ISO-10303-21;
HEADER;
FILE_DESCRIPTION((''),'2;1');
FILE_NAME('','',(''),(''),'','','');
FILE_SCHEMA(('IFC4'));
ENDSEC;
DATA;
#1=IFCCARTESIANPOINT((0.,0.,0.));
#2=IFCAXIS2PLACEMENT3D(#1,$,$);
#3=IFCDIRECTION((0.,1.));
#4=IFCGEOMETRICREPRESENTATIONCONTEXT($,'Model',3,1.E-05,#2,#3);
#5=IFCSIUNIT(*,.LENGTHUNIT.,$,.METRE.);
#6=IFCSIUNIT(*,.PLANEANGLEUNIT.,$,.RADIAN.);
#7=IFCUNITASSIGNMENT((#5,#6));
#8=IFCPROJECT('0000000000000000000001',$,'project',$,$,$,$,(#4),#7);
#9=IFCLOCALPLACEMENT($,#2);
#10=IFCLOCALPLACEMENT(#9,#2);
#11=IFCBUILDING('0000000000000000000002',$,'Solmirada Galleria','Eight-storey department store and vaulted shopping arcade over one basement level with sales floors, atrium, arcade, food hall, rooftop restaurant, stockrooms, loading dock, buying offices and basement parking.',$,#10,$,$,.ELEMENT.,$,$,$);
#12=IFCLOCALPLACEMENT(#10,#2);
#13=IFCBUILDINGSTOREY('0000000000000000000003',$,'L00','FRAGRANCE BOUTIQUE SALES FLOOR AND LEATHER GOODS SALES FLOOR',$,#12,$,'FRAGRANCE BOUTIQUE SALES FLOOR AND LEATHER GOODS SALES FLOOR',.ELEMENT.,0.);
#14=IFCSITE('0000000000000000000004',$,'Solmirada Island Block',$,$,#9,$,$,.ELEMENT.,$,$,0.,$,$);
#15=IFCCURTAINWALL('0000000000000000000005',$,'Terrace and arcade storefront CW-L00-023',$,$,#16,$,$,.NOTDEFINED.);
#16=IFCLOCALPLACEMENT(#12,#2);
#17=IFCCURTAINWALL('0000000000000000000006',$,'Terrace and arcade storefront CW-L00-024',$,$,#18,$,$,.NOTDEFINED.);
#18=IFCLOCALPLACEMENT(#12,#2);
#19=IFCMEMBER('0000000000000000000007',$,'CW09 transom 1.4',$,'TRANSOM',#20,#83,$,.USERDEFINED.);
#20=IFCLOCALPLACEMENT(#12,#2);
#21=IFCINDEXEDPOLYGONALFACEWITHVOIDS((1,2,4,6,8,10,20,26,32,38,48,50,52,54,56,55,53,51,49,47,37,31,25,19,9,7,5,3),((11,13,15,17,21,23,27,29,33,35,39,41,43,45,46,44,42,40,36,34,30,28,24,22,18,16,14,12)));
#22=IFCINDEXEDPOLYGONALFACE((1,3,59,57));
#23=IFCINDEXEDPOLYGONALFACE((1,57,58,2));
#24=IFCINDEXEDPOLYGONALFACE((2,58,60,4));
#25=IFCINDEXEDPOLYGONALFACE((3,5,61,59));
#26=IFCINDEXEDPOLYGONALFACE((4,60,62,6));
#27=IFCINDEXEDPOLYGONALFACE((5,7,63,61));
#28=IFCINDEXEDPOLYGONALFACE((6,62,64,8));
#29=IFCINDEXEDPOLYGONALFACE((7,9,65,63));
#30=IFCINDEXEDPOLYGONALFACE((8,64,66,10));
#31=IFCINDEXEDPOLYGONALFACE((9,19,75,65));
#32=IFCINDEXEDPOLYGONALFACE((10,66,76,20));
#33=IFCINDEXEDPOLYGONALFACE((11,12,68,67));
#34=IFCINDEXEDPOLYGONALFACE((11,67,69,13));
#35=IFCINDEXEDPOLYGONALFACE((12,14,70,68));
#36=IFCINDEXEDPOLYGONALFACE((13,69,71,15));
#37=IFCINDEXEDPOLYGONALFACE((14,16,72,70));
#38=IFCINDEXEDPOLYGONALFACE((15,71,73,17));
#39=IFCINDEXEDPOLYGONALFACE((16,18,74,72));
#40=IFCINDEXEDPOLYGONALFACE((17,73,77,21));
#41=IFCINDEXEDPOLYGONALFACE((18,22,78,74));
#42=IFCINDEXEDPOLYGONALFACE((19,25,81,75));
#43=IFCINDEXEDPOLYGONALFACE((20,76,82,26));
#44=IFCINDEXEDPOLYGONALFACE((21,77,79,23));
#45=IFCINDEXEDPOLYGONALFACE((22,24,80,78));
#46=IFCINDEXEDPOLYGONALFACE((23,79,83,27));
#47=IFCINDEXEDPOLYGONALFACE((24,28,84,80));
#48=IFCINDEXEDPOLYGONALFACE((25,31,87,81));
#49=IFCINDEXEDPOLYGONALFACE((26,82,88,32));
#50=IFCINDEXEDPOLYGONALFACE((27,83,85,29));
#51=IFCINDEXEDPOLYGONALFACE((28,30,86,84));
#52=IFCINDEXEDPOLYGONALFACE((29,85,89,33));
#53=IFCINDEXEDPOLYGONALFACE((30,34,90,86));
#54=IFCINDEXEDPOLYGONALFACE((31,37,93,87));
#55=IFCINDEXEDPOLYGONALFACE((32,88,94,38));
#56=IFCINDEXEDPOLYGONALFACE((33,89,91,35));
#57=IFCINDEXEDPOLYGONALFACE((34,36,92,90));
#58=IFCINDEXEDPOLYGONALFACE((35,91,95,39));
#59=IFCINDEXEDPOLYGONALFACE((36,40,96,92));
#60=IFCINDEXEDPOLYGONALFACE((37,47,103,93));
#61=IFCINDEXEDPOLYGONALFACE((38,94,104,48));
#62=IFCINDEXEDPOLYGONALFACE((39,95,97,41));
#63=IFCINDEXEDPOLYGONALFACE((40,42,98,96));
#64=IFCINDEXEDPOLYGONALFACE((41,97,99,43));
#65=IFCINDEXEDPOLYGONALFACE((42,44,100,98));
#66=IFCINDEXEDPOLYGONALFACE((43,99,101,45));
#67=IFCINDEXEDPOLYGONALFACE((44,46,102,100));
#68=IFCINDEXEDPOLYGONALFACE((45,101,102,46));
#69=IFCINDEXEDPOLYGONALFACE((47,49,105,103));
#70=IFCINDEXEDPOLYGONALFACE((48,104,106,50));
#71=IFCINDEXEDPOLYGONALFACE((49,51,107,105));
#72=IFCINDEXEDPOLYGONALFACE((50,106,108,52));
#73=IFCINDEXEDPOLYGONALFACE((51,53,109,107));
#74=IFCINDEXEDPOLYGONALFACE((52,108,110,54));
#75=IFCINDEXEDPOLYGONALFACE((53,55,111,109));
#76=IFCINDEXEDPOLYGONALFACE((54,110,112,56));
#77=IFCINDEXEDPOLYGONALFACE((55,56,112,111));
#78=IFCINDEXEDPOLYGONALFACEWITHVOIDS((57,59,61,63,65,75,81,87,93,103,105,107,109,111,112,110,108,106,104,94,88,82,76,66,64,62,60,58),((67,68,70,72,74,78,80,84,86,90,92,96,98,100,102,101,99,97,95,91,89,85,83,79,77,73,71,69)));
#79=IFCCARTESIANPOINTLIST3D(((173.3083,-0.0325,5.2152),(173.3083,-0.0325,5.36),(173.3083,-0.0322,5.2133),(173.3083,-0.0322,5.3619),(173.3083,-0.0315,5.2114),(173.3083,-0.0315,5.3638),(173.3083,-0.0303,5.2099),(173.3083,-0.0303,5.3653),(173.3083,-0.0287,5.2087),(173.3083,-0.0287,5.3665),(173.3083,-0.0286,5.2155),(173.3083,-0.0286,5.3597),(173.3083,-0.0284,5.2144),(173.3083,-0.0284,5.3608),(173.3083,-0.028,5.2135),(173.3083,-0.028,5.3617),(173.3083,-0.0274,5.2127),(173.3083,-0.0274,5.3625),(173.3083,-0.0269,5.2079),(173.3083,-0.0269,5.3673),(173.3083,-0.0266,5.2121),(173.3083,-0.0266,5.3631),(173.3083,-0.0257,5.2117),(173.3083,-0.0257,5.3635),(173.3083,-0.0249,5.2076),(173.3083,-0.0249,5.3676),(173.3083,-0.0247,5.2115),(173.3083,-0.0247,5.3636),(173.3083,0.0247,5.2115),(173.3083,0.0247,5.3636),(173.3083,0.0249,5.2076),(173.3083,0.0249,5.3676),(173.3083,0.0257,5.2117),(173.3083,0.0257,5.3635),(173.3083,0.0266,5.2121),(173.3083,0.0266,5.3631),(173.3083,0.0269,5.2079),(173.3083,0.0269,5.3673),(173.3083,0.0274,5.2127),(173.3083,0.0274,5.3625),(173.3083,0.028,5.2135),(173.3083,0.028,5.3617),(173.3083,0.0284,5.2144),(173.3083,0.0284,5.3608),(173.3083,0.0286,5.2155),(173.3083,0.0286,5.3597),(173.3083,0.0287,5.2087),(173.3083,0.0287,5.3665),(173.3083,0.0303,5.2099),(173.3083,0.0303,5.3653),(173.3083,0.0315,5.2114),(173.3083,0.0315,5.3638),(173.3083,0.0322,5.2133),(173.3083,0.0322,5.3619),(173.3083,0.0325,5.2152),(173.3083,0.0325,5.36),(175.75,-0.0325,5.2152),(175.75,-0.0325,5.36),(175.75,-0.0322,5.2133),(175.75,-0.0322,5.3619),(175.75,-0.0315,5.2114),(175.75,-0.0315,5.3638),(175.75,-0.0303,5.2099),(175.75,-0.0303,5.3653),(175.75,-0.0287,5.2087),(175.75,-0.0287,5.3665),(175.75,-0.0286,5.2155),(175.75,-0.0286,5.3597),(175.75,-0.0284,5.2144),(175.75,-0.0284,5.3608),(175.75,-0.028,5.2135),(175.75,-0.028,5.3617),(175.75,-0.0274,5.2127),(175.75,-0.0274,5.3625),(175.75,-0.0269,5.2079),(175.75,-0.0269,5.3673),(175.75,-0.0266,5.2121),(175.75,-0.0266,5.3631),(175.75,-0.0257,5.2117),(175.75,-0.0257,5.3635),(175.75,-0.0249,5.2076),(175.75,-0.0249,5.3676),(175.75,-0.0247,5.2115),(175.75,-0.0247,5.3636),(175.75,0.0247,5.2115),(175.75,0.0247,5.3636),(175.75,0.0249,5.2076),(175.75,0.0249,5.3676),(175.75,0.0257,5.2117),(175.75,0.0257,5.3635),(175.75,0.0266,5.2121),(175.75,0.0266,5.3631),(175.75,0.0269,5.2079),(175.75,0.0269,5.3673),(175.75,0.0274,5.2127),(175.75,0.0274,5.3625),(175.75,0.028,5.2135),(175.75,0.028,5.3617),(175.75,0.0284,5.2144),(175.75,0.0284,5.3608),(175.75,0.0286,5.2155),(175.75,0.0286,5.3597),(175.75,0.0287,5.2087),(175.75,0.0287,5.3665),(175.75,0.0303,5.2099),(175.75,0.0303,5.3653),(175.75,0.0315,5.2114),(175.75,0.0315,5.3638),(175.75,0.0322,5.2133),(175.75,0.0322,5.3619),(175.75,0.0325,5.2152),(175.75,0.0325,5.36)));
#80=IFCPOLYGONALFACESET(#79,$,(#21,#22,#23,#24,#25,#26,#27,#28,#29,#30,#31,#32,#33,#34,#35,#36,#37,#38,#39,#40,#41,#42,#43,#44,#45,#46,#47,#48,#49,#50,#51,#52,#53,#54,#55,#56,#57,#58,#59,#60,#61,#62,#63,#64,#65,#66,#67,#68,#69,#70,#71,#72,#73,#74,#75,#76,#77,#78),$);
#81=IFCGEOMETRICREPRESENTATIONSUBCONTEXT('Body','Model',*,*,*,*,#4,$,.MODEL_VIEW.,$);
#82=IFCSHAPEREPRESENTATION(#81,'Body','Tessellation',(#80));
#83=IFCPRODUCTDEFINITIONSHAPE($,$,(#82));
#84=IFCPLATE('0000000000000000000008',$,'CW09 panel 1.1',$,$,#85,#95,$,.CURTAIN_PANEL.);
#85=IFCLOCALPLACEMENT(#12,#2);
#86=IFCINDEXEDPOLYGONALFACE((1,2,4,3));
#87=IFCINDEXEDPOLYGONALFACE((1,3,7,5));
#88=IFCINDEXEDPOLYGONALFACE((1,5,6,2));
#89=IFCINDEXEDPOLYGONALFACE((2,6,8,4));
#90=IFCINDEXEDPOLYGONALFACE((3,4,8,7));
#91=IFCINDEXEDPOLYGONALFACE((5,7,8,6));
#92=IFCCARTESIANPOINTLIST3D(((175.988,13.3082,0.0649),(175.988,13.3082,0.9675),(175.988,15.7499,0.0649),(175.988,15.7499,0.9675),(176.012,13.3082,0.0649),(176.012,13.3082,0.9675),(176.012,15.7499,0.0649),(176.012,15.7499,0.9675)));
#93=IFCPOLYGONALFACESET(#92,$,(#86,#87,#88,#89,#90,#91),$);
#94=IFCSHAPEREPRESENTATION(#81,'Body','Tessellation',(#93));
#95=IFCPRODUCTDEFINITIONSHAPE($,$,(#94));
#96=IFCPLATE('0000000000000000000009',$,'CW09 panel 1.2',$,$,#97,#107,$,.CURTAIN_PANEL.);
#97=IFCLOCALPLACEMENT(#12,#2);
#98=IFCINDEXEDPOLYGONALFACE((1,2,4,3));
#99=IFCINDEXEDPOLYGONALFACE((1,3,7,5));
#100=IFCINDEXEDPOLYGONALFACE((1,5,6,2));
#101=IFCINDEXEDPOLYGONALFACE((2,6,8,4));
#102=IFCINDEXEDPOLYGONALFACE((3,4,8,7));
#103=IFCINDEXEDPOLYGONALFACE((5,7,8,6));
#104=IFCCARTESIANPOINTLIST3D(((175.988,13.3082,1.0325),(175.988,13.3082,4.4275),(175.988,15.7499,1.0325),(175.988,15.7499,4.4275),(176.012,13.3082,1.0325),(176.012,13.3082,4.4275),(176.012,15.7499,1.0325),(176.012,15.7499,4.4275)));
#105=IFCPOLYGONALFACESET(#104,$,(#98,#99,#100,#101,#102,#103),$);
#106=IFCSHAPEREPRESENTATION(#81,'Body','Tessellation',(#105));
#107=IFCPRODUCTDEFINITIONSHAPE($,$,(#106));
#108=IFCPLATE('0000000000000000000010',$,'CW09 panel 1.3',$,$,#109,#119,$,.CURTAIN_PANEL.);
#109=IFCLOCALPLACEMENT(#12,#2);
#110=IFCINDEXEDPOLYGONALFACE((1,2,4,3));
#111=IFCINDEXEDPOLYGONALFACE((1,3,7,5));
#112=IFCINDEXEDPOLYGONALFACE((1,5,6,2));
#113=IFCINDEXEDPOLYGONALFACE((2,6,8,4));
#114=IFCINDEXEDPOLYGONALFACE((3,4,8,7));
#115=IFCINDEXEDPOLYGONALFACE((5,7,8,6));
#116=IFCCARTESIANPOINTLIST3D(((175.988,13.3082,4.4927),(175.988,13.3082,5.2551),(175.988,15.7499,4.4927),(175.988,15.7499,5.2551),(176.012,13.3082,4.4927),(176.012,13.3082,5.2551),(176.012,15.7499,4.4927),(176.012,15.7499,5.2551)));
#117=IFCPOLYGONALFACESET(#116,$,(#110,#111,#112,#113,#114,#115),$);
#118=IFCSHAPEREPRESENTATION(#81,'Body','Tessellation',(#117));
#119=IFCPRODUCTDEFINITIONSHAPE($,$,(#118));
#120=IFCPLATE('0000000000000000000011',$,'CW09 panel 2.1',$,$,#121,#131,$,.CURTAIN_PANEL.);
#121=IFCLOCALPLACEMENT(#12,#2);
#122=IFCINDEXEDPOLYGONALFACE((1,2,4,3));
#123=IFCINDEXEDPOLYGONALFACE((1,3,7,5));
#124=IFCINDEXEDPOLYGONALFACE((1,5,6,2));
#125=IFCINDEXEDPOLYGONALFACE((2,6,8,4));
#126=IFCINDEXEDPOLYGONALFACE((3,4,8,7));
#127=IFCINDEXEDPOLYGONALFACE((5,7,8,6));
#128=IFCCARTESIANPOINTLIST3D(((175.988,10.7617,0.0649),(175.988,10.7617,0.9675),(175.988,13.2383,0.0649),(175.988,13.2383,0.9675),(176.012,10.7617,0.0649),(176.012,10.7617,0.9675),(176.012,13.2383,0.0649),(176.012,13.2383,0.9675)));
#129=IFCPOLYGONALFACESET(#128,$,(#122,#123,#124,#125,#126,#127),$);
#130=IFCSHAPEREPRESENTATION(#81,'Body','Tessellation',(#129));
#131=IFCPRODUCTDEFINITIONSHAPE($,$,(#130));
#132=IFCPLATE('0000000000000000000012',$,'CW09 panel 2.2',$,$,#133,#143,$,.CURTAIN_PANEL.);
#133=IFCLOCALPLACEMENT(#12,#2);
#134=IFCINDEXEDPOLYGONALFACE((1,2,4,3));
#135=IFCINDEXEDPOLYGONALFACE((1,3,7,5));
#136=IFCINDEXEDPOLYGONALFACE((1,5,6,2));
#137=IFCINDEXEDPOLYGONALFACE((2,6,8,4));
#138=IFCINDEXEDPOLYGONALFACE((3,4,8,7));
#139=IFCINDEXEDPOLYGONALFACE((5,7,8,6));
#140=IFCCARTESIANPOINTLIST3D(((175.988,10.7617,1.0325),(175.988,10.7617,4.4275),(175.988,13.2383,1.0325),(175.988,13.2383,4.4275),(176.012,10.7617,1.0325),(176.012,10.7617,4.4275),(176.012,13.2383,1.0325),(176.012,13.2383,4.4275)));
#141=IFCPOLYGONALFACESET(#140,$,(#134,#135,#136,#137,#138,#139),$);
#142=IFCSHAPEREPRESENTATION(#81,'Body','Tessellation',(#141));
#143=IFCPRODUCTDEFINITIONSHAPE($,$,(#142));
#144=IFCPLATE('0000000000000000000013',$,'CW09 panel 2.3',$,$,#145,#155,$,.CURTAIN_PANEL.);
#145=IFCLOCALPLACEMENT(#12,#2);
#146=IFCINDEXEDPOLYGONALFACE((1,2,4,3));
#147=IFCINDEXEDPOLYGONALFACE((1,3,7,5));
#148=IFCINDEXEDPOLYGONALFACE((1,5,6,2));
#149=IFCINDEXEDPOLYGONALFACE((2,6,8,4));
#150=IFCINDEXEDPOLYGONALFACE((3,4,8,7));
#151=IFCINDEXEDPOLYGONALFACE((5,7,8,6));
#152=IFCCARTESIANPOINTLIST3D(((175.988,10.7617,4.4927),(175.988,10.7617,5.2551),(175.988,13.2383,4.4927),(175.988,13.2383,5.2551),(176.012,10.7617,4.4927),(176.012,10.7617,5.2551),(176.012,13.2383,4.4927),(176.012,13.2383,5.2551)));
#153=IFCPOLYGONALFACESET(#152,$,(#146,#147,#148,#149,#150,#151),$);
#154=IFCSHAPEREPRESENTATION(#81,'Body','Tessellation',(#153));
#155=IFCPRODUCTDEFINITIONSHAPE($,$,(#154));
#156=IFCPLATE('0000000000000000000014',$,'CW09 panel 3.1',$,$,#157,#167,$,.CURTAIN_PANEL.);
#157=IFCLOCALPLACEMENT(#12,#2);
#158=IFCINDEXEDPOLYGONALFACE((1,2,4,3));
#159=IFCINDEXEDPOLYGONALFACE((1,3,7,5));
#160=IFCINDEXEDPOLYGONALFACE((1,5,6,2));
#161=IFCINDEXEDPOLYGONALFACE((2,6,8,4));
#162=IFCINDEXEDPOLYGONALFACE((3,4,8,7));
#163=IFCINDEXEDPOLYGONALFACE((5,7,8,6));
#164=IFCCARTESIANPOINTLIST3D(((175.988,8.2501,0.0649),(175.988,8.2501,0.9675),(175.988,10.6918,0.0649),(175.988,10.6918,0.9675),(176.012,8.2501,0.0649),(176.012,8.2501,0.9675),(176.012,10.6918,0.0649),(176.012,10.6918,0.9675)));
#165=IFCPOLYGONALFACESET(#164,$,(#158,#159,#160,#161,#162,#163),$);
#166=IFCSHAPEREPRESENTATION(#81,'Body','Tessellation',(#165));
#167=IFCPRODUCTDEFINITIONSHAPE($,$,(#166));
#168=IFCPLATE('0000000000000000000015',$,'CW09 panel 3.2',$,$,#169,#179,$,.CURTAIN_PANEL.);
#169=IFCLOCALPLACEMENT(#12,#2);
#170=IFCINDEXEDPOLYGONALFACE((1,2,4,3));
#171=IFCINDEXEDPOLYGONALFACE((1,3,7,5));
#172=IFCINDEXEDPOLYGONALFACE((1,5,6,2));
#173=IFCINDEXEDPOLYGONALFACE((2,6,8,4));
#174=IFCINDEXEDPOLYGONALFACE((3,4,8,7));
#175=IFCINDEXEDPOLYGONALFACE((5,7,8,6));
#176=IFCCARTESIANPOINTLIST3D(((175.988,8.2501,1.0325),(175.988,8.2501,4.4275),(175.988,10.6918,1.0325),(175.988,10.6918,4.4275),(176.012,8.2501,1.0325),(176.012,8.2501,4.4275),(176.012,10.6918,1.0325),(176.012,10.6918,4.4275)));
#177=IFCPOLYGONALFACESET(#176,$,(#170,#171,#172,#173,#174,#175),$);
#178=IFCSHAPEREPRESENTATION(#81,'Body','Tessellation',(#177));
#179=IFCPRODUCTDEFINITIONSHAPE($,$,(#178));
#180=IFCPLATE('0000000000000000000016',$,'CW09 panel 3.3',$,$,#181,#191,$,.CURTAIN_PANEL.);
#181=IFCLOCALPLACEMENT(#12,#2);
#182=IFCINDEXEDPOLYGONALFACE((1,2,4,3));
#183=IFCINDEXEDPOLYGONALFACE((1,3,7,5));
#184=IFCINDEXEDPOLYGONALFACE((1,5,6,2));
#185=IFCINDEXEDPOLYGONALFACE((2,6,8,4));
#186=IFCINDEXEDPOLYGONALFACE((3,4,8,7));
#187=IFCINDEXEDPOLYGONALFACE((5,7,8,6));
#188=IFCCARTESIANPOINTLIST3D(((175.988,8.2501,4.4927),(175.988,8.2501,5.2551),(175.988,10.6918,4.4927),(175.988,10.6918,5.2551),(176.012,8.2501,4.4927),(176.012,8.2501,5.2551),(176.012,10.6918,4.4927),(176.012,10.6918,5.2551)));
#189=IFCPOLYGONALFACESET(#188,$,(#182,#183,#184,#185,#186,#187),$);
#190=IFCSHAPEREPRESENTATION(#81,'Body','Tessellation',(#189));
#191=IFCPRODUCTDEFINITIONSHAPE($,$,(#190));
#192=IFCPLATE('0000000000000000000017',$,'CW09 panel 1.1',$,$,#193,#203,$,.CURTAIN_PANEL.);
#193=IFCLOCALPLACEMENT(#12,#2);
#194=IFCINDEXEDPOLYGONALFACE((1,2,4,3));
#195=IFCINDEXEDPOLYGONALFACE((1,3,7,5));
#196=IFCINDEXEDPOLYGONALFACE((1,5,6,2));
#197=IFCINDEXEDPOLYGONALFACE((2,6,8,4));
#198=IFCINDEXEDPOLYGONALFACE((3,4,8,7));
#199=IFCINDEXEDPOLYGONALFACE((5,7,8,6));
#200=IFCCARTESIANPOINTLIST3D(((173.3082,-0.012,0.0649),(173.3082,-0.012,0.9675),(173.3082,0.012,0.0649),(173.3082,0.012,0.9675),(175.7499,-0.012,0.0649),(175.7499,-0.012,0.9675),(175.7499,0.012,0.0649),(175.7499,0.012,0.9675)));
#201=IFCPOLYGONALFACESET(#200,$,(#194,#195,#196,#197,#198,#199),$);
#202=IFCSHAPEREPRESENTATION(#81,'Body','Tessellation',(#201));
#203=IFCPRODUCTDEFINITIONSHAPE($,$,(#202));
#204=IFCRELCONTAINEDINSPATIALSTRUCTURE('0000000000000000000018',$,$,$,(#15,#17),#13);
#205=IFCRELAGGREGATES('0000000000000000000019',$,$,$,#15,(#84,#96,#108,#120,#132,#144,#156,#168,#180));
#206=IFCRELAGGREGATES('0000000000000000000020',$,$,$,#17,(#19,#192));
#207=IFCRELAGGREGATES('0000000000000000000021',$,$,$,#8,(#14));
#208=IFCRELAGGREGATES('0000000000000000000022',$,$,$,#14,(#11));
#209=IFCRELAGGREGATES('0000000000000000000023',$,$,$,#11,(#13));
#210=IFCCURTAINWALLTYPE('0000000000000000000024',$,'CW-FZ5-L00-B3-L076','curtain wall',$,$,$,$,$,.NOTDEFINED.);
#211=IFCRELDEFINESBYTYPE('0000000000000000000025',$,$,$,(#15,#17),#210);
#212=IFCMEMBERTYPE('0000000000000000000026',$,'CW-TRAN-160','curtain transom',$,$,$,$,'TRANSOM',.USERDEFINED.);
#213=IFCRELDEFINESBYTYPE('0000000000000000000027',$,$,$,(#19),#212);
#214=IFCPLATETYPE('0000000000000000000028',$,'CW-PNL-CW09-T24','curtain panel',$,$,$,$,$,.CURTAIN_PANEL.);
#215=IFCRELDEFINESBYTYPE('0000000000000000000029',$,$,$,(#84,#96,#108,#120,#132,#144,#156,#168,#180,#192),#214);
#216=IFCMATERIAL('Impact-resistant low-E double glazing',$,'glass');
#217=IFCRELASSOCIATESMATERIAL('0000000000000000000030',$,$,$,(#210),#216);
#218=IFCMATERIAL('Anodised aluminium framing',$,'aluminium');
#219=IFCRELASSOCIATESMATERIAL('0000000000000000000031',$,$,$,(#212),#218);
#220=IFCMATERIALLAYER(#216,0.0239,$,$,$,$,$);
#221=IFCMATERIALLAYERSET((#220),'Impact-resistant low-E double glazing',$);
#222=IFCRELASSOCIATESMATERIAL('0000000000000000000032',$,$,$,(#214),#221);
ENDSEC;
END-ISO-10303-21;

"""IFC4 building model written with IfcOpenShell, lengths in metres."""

from ifc_helpers import new_model, si_unit, direction, frame, origin, origin_2d, place, context, subcontext, project, spatial, rectangle, hollow_rectangle, extrude, material, layer, layer_set, material_profile, profile_set, type_object, element, aggregate, save


model = new_model("IFC4")

# Units and contexts
model_context = context("Model", 3, precision=1e-05, world=origin(), true_north=direction((0.0, 1.0)))
body_context = subcontext(model_context, "Body", "Model", "MODEL_VIEW")
ifc_project = project(units=[si_unit("LENGTHUNIT", "METRE"), si_unit("PLANEANGLEUNIT", "RADIAN")], contexts=[model_context])

# Site, building, storey
site_placement = place(None, origin())
site = spatial("IfcSite", under=ifc_project, at=site_placement, Name="Solmirada Island Block", CompositionType="ELEMENT", RefElevation=0.0)
building_placement = place(site_placement, origin())
building = spatial("IfcBuilding", under=site, at=building_placement, Name="Solmirada Galleria", Description="Eight-storey department store and vaulted shopping arcade over one basement level with sales floors, atrium, arcade, food hall, rooftop restaurant, stockrooms, loading dock, buying offices and basement parking.", CompositionType="ELEMENT")
storey_placement = place(building_placement, origin())
storey = spatial("IfcBuildingStorey", under=building, at=storey_placement, Name="L00", Description="FRAGRANCE BOUTIQUE SALES FLOOR AND LEATHER GOODS SALES FLOOR", LongName="FRAGRANCE BOUTIQUE SALES FLOOR AND LEATHER GOODS SALES FLOOR", CompositionType="ELEMENT", Elevation=0.0)

# Curtain walls
ifc_material_1 = material(Name="Impact-resistant low-E double glazing", Category="glass")
curtain_wall_type = type_object("IfcCurtainWallType", Name="CW-FZ5-L00-B3-L076", Description="curtain wall", PredefinedType="NOTDEFINED", material=ifc_material_1)
curtain_wall_1_placement = place(storey_placement, origin())
curtain_wall_1 = element("IfcCurtainWall", 1, at=curtain_wall_1_placement, inside=storey, type_object=curtain_wall_type, Name="Terrace and arcade storefront CW-L00-023", PredefinedType="NOTDEFINED")
ifc_material_2 = material(Name="Anodised aluminium framing", Category="aluminium")
curtain_wall_2_placement = place(storey_placement, origin())
curtain_wall_2 = element("IfcCurtainWall", 2, at=curtain_wall_2_placement, inside=storey, type_object=curtain_wall_type, Name="Terrace and arcade storefront CW-L00-024", PredefinedType="NOTDEFINED")

# Member
ifc_material_profile_1 = material_profile(ifc_material_2, hollow_rectangle(XDim=0.0649, YDim=0.1599, WallThickness=0.0039, InnerFilletRadius=0.0039, OuterFilletRadius=0.0076, at=origin_2d()), Name="ALU-TRAN-160X65")
ifc_profile_set_1 = profile_set([ifc_material_profile_1], Name="Anodised aluminium framing")
member_type_1 = type_object("IfcMemberType", Name="CW-TRAN-160", Description="curtain transom", ElementType="TRANSOM", PredefinedType="USERDEFINED", material=ifc_profile_set_1)
member_1_placement = place(storey_placement, frame((175.75, 0.0, 5.2876), z_axis=(-1.0, 0.0, 0.0), x_axis=(0.0, -1.0, 0.0)))
member_1 = element("IfcMember", 3, at=member_1_placement, type_object=member_type_1, Name="CW09 transom 1.4", ObjectType="TRANSOM", PredefinedType="USERDEFINED", context=body_context, shape_type="SweptSolid", body=[
    extrude(hollow_rectangle(XDim=0.0649, YDim=0.1599, WallThickness=0.0039, InnerFilletRadius=0.0039, OuterFilletRadius=0.0076, at=origin_2d()), origin(), (0.0, 0.0, 1.0), 2.4417),
])

# Plates
ifc_layer_1 = layer(ifc_material_1, 0.0239)
ifc_layer_set_1 = layer_set([ifc_layer_1], Name="Impact-resistant low-E double glazing")
plate_type = type_object("IfcPlateType", Name="CW-PNL-CW09-T24", Description="curtain panel", PredefinedType="CURTAIN_PANEL", material=ifc_layer_set_1)
plate_1_placement = place(storey_placement, frame((176.0, 14.5291, 0.0649), z_axis=(0.0, 0.0, 1.0), x_axis=(0.0, -1.0, 0.0)))
plate_1 = element("IfcPlate", 4, at=plate_1_placement, type_object=plate_type, Name="CW09 panel 1.1", PredefinedType="CURTAIN_PANEL", context=body_context, shape_type="SweptSolid", body=[
    extrude(rectangle(XDim=2.4417, YDim=0.0239, at=origin_2d()), origin(), (0.0, 0.0, 1.0), 0.9026),
])
plate_2_placement = place(storey_placement, frame((176.0, 14.5291, 1.0325), z_axis=(0.0, 0.0, 1.0), x_axis=(0.0, -1.0, 0.0)))
plate_2 = element("IfcPlate", 5, at=plate_2_placement, type_object=plate_type, Name="CW09 panel 1.2", PredefinedType="CURTAIN_PANEL", context=body_context, shape_type="SweptSolid", body=[
    extrude(rectangle(XDim=2.4417, YDim=0.0239, at=origin_2d()), origin(), (0.0, 0.0, 1.0), 3.395),
])
plate_3_placement = place(storey_placement, frame((176.0, 14.5291, 4.4927), z_axis=(0.0, 0.0, 1.0), x_axis=(0.0, -1.0, 0.0)))
plate_3 = element("IfcPlate", 6, at=plate_3_placement, type_object=plate_type, Name="CW09 panel 1.3", PredefinedType="CURTAIN_PANEL", context=body_context, shape_type="SweptSolid", body=[
    extrude(rectangle(XDim=2.4417, YDim=0.0239, at=origin_2d()), origin(), (0.0, 0.0, 1.0), 0.7625),
])
plate_4_placement = place(storey_placement, frame((176.0, 12.0, 0.0649), z_axis=(0.0, 0.0, 1.0), x_axis=(0.0, -1.0, 0.0)))
plate_4 = element("IfcPlate", 7, at=plate_4_placement, type_object=plate_type, Name="CW09 panel 2.1", PredefinedType="CURTAIN_PANEL", context=body_context, shape_type="SweptSolid", body=[
    extrude(rectangle(XDim=2.4766, YDim=0.0239, at=origin_2d()), origin(), (0.0, 0.0, 1.0), 0.9026),
])
plate_5_placement = place(storey_placement, frame((176.0, 12.0, 1.0325), z_axis=(0.0, 0.0, 1.0), x_axis=(0.0, -1.0, 0.0)))
plate_5 = element("IfcPlate", 8, at=plate_5_placement, type_object=plate_type, Name="CW09 panel 2.2", PredefinedType="CURTAIN_PANEL", context=body_context, shape_type="SweptSolid", body=[
    extrude(rectangle(XDim=2.4766, YDim=0.0239, at=origin_2d()), origin(), (0.0, 0.0, 1.0), 3.395),
])
plate_6_placement = place(storey_placement, frame((176.0, 12.0, 4.4927), z_axis=(0.0, 0.0, 1.0), x_axis=(0.0, -1.0, 0.0)))
plate_6 = element("IfcPlate", 9, at=plate_6_placement, type_object=plate_type, Name="CW09 panel 2.3", PredefinedType="CURTAIN_PANEL", context=body_context, shape_type="SweptSolid", body=[
    extrude(rectangle(XDim=2.4766, YDim=0.0239, at=origin_2d()), origin(), (0.0, 0.0, 1.0), 0.7625),
])
plate_7_placement = place(storey_placement, frame((176.0, 9.4709, 0.0649), z_axis=(0.0, 0.0, 1.0), x_axis=(0.0, -1.0, 0.0)))
plate_7 = element("IfcPlate", 10, at=plate_7_placement, type_object=plate_type, Name="CW09 panel 3.1", PredefinedType="CURTAIN_PANEL", context=body_context, shape_type="SweptSolid", body=[
    extrude(rectangle(XDim=2.4417, YDim=0.0239, at=origin_2d()), origin(), (0.0, 0.0, 1.0), 0.9026),
])
plate_8_placement = place(storey_placement, frame((176.0, 9.4709, 1.0325), z_axis=(0.0, 0.0, 1.0), x_axis=(0.0, -1.0, 0.0)))
plate_8 = element("IfcPlate", 11, at=plate_8_placement, type_object=plate_type, Name="CW09 panel 3.2", PredefinedType="CURTAIN_PANEL", context=body_context, shape_type="SweptSolid", body=[
    extrude(rectangle(XDim=2.4417, YDim=0.0239, at=origin_2d()), origin(), (0.0, 0.0, 1.0), 3.395),
])
plate_9_placement = place(storey_placement, frame((176.0, 9.4709, 4.4927), z_axis=(0.0, 0.0, 1.0), x_axis=(0.0, -1.0, 0.0)))
plate_9 = element("IfcPlate", 12, at=plate_9_placement, type_object=plate_type, Name="CW09 panel 3.3", PredefinedType="CURTAIN_PANEL", context=body_context, shape_type="SweptSolid", body=[
    extrude(rectangle(XDim=2.4417, YDim=0.0239, at=origin_2d()), origin(), (0.0, 0.0, 1.0), 0.7625),
])
aggregate(curtain_wall_1, [plate_1, plate_2, plate_3, plate_4, plate_5, plate_6, plate_7, plate_8, plate_9])
plate_10_placement = place(storey_placement, frame((174.5291, 0.0, 0.0649), z_axis=(0.0, 0.0, 1.0), x_axis=(-1.0, 0.0, 0.0)))
plate_10 = element("IfcPlate", 13, at=plate_10_placement, type_object=plate_type, Name="CW09 panel 1.1", PredefinedType="CURTAIN_PANEL", context=body_context, shape_type="SweptSolid", body=[
    extrude(rectangle(XDim=2.4417, YDim=0.0239, at=origin_2d()), origin(), (0.0, 0.0, 1.0), 0.9026),
])
aggregate(curtain_wall_2, [member_1, plate_10])

save(model, "model.ifc")
